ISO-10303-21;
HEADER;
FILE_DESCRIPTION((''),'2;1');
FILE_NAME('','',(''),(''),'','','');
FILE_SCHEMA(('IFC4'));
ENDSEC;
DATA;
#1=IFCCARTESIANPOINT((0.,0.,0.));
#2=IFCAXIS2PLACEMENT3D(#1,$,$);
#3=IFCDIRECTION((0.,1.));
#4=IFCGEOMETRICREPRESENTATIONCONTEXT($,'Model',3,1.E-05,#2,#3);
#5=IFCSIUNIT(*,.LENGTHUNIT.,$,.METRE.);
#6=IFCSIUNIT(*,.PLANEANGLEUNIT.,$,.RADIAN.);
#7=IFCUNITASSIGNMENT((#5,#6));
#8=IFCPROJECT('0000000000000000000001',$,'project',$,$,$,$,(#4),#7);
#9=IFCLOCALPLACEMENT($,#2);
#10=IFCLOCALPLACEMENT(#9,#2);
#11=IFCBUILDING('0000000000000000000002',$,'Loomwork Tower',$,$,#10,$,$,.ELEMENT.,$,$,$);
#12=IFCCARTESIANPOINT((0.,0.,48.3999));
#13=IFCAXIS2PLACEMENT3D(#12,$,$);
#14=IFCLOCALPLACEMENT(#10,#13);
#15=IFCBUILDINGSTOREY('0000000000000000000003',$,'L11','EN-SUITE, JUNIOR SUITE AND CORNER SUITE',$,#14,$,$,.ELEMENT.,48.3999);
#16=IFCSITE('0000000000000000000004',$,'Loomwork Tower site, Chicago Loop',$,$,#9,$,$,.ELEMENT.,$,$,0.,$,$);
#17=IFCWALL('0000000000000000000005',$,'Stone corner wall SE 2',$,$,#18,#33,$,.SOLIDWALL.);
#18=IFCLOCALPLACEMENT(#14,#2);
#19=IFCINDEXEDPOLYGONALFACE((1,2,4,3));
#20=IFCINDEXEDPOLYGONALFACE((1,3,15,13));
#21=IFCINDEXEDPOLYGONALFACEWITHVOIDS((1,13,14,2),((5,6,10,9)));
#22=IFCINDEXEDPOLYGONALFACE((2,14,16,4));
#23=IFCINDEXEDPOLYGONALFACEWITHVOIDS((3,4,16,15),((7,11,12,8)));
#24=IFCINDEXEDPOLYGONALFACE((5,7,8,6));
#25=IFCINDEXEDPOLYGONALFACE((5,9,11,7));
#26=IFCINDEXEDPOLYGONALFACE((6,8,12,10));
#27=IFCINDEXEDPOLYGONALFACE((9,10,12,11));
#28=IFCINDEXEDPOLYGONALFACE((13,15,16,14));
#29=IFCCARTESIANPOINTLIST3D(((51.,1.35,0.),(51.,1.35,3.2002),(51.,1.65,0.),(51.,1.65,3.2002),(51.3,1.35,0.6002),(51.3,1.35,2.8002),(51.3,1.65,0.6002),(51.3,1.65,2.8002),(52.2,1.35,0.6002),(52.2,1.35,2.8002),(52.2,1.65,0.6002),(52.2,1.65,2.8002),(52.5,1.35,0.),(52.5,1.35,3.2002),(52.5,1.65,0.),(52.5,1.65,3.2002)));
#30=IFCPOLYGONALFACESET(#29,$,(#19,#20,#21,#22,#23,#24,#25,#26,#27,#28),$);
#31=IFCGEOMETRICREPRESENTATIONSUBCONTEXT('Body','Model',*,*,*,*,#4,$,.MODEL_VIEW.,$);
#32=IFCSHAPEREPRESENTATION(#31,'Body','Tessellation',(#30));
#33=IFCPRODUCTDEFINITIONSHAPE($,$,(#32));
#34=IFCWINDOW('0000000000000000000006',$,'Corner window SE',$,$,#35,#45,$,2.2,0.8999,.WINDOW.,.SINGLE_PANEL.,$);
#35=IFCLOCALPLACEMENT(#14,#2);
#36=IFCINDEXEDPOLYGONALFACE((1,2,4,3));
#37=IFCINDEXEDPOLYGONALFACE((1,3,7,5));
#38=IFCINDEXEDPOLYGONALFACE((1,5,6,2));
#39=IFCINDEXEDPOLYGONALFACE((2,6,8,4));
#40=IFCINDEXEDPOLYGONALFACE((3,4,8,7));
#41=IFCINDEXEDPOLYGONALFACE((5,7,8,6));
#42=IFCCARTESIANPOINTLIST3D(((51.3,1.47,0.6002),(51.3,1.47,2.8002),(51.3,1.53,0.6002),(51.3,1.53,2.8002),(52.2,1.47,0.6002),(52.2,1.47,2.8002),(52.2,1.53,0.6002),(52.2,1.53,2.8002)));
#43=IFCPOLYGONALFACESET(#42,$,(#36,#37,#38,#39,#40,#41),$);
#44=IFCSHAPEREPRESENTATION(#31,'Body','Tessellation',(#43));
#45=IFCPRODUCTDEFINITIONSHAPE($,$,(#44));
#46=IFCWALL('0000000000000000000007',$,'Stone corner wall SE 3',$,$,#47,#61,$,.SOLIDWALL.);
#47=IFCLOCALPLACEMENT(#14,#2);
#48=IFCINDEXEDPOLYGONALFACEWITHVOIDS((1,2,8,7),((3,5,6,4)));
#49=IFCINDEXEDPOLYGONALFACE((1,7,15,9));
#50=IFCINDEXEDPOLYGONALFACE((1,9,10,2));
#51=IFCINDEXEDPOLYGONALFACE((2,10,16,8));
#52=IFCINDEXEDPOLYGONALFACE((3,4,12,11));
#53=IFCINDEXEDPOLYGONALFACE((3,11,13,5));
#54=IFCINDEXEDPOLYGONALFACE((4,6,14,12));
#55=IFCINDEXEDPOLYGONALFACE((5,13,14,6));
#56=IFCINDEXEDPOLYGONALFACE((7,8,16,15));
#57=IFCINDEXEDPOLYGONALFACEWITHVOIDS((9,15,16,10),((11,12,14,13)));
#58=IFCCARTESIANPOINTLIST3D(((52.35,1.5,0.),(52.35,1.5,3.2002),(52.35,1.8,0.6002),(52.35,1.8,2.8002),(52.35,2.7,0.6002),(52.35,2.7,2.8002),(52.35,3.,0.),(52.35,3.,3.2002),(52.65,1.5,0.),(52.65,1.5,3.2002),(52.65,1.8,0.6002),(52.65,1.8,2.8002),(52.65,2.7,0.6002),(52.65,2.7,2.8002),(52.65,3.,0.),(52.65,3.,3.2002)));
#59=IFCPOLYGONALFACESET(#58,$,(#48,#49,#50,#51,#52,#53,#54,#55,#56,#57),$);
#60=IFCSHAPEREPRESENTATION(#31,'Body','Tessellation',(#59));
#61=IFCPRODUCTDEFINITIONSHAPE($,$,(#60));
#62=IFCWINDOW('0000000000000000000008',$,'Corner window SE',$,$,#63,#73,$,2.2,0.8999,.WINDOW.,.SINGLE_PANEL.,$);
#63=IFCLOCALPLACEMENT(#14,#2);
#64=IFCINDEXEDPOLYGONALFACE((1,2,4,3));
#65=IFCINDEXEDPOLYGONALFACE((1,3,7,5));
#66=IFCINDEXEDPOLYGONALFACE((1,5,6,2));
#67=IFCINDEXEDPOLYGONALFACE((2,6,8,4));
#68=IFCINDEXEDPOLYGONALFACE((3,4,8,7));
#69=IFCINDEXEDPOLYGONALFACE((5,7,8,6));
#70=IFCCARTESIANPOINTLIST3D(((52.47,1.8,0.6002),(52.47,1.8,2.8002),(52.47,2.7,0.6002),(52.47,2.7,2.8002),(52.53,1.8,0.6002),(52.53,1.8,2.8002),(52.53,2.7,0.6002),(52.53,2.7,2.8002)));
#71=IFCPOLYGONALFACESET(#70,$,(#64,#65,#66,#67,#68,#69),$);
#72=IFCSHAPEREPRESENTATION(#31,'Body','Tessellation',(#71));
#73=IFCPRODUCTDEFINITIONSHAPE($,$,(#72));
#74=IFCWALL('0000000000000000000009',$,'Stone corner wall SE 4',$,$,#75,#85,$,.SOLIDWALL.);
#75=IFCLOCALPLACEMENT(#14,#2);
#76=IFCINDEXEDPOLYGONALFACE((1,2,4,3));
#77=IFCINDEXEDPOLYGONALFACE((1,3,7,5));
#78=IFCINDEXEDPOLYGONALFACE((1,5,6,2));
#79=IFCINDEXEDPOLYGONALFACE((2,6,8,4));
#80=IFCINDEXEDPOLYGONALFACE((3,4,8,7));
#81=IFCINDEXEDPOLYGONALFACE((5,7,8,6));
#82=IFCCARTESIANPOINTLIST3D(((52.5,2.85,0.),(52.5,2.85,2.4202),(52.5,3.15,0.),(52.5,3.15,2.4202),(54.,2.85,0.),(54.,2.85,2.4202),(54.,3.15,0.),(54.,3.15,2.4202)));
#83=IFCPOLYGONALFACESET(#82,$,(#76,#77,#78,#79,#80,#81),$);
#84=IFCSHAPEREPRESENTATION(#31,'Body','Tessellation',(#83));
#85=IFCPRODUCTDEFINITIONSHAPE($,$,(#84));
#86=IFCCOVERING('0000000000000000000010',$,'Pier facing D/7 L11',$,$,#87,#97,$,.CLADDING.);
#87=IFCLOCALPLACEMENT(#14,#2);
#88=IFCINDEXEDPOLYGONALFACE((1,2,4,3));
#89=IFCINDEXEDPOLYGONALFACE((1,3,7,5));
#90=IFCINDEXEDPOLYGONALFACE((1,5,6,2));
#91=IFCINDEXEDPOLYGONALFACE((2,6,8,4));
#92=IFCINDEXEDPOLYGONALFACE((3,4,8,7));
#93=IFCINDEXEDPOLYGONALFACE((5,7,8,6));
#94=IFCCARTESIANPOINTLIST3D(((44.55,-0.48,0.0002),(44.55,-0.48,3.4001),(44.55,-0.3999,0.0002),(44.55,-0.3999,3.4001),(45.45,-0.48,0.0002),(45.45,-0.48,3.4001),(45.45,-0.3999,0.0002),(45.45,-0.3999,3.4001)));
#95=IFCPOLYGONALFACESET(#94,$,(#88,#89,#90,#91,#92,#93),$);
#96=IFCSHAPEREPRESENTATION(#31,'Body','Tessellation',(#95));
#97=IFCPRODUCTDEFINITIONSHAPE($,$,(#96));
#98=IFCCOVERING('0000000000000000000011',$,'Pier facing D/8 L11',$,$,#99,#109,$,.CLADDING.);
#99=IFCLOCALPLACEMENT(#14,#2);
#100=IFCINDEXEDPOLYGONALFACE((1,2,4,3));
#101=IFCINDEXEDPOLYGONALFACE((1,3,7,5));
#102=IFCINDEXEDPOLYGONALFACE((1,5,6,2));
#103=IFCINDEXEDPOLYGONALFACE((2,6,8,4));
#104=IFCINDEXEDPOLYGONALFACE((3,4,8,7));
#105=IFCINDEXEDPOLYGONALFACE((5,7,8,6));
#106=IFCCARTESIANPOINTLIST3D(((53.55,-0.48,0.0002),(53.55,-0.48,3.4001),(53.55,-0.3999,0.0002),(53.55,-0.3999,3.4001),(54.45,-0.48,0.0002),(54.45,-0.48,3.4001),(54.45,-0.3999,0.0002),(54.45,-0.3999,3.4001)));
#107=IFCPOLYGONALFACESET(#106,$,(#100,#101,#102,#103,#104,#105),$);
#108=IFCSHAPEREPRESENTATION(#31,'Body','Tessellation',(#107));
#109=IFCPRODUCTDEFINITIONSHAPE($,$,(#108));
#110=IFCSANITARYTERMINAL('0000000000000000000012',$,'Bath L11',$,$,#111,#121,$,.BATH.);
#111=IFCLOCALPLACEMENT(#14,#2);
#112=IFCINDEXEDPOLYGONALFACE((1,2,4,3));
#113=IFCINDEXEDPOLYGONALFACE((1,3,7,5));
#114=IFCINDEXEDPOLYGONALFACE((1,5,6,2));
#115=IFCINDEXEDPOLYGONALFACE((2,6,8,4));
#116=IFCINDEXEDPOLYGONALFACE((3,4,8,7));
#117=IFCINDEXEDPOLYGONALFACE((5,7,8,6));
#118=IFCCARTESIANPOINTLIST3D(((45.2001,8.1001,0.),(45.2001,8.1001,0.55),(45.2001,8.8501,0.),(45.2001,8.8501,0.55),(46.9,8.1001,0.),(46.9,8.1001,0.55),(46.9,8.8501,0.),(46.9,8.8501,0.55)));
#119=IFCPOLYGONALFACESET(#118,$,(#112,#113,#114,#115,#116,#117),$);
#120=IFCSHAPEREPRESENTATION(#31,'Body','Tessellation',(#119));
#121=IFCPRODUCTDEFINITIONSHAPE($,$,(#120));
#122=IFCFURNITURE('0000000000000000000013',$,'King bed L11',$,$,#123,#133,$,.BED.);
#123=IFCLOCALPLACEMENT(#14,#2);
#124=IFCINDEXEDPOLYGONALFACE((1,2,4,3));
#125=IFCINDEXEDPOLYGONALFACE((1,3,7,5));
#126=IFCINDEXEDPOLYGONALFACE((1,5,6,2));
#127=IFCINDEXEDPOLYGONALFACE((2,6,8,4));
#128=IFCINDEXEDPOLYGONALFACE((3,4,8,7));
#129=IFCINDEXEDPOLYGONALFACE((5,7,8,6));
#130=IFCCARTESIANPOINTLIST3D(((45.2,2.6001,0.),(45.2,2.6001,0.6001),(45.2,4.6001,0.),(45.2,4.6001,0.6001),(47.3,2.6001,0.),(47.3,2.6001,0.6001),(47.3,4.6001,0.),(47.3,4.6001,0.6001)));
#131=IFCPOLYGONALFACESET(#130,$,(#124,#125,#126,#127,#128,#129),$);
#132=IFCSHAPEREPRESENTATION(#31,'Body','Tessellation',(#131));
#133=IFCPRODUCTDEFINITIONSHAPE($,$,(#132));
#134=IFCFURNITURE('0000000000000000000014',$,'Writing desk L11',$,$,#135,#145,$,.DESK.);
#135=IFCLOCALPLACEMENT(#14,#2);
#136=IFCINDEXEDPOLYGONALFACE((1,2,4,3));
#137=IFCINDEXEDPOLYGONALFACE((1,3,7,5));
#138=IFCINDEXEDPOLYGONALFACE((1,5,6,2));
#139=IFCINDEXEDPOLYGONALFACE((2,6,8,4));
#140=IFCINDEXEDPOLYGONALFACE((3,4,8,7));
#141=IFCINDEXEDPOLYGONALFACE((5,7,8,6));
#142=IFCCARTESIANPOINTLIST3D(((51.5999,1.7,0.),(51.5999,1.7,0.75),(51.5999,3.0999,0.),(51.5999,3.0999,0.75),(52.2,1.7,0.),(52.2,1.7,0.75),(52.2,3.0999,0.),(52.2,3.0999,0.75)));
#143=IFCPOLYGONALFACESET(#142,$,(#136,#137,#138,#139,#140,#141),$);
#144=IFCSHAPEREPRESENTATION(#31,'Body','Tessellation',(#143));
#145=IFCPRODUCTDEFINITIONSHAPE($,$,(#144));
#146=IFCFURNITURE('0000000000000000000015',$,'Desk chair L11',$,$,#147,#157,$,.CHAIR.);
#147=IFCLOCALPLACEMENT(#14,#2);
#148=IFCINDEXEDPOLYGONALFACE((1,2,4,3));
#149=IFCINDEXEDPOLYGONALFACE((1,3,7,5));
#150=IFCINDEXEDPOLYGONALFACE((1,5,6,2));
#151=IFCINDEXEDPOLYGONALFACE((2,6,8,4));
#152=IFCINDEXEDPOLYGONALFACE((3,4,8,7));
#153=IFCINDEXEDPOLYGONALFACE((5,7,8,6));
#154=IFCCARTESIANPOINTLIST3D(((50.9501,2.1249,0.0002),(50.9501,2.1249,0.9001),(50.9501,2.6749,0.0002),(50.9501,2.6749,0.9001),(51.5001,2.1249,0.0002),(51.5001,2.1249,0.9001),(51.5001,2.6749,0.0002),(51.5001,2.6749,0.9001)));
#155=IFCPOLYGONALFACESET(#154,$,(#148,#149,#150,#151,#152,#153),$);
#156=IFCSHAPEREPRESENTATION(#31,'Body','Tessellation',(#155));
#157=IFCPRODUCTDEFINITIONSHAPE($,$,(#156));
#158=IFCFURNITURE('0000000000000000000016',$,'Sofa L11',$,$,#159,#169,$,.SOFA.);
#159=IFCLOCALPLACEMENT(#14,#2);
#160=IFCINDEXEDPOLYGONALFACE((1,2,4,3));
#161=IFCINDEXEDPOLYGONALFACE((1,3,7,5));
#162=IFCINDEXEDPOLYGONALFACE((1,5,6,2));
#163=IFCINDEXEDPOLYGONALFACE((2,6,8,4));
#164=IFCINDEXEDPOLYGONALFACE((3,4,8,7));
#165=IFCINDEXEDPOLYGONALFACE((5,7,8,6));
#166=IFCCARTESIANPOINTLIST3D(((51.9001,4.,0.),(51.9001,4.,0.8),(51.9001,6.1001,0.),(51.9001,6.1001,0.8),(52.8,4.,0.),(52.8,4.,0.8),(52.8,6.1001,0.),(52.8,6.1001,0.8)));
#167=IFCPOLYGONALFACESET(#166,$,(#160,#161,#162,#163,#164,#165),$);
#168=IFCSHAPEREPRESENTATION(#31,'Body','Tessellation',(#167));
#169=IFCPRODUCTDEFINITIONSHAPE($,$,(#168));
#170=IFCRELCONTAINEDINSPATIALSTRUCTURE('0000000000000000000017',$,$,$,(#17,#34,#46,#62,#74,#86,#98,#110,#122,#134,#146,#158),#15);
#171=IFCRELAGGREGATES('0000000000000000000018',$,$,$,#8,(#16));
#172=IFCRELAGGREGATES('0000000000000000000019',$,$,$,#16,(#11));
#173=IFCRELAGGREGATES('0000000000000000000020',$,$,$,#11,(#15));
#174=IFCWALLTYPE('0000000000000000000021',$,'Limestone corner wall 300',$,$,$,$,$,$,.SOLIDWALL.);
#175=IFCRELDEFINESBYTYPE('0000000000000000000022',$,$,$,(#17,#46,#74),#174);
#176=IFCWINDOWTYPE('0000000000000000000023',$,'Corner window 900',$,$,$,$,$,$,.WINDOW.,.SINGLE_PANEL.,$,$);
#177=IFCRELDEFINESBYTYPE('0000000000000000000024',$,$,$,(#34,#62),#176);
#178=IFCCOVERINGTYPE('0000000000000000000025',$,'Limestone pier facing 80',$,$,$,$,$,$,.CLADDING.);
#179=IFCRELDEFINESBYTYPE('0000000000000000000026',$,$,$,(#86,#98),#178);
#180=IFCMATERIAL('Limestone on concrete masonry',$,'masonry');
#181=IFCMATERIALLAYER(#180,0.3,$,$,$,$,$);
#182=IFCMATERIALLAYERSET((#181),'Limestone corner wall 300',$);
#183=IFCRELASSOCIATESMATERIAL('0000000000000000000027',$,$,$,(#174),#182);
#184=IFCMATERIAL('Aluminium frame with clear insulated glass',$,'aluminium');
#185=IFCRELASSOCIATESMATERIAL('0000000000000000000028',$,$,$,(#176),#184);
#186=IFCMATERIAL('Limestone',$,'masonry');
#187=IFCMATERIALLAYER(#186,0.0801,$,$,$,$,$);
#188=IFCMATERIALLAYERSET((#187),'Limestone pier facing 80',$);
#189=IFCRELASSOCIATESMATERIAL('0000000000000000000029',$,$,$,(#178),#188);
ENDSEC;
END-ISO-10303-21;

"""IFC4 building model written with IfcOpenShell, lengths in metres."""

from ifc_helpers import new_model, si_unit, direction, frame, frame_2d, origin, origin_2d, place, context, subcontext, project, spatial, rectangle, extrude, material, layer, layer_set, type_object, element, fill, save


model = new_model("IFC4")

# Units and contexts
model_context = context("Model", 3, precision=1e-05, world=origin(), true_north=direction((0.0, 1.0)))
body_context = subcontext(model_context, "Body", "Model", "MODEL_VIEW")
ifc_project = project(units=[si_unit("LENGTHUNIT", "METRE"), si_unit("PLANEANGLEUNIT", "RADIAN")], contexts=[model_context])

# Site, building, storey
site_placement = place(None, origin())
site = spatial("IfcSite", under=ifc_project, at=site_placement, Name="Loomwork Tower site, Chicago Loop", CompositionType="ELEMENT", RefElevation=0.0)
building_placement = place(site_placement, origin())
building = spatial("IfcBuilding", under=site, at=building_placement, Name="Loomwork Tower", CompositionType="ELEMENT")
storey_placement = place(building_placement, frame((0.0, 0.0, 48.3999)))
storey = spatial("IfcBuildingStorey", under=building, at=storey_placement, Name="L11", Description="EN-SUITE, JUNIOR SUITE AND CORNER SUITE", CompositionType="ELEMENT", Elevation=48.3999)

# Shared definitions
ifc_material_1 = material(Name="Limestone on concrete masonry", Category="masonry")
ifc_layer_1 = layer(ifc_material_1, 0.3)
ifc_layer_set_1 = layer_set([ifc_layer_1], Name="Limestone corner wall 300")
wall_type_1 = type_object("IfcWallType", Name="Limestone corner wall 300", PredefinedType="SOLIDWALL", material=ifc_layer_set_1)

# Walls, openings, windows
wall_1_placement = place(storey_placement, frame((51.0, 1.5, 0.0), z_axis=(0.0, 0.0, 1.0), x_axis=(1.0, 0.0, 0.0)))
wall_1 = element("IfcWall", 1, at=wall_1_placement, inside=storey, type_object=wall_type_1, Name="Stone corner wall SE 2", PredefinedType="SOLIDWALL", context=body_context, shape_type="SweptSolid", body=[
    extrude(rectangle(XDim=1.5, YDim=0.3, at=frame_2d((0.75, 0.0))), origin(), (0.0, 0.0, 1.0), 3.2002),
])
opening_1_placement = place(wall_1_placement, frame((0.3, 0.0, 0.6001)))
opening_1 = element("IfcOpeningElement", 2, at=opening_1_placement, cuts=wall_1, PredefinedType="OPENING", context=body_context, shape_type="SweptSolid", body=[
    extrude(rectangle(XDim=0.8999, YDim=2.2, at=frame_2d((0.45, 1.1001))), frame((0.0, 0.1599, 0.0), z_axis=(0.0, -1.0, 0.0), x_axis=(1.0, 0.0, 0.0)), (0.0, 0.0, 1.0), 0.3201),
])
ifc_material_2 = material(Name="Aluminium frame with clear insulated glass", Category="aluminium")
window_type_1 = type_object("IfcWindowType", Name="Corner window 900", PartitioningType="SINGLE_PANEL", PredefinedType="WINDOW", material=ifc_material_2)
window_1_placement = place(opening_1_placement, origin())
window_1 = element("IfcWindow", 3, at=window_1_placement, inside=storey, type_object=window_type_1, Name="Corner window SE", OverallHeight=2.2, OverallWidth=0.8999, PartitioningType="SINGLE_PANEL", PredefinedType="WINDOW", context=body_context, shape_type="SweptSolid", body=[
    extrude(rectangle(XDim=0.8999, YDim=2.2, at=frame_2d((0.45, 1.1001))), frame((0.0, 0.03, 0.0), z_axis=(0.0, -1.0, 0.0), x_axis=(1.0, 0.0, 0.0)), (0.0, 0.0, 1.0), 0.0601),
])
fill(opening_1, window_1)
wall_2_placement = place(storey_placement, frame((52.5, 1.5, 0.0), z_axis=(0.0, 0.0, 1.0), x_axis=(0.0, 1.0, 0.0)))
wall_2 = element("IfcWall", 4, at=wall_2_placement, inside=storey, type_object=wall_type_1, Name="Stone corner wall SE 3", PredefinedType="SOLIDWALL", context=body_context, shape_type="SweptSolid", body=[
    extrude(rectangle(XDim=1.5, YDim=0.3, at=frame_2d((0.75, 0.0))), origin(), (0.0, 0.0, 1.0), 3.2002),
])
opening_2_placement = place(wall_2_placement, frame((0.3, 0.0, 0.6001)))
opening_2 = element("IfcOpeningElement", 5, at=opening_2_placement, cuts=wall_2, PredefinedType="OPENING", context=body_context, shape_type="SweptSolid", body=[
    extrude(rectangle(XDim=0.8999, YDim=2.2, at=frame_2d((0.45, 1.1001))), frame((0.0, 0.1599, 0.0), z_axis=(0.0, -1.0, 0.0), x_axis=(1.0, 0.0, 0.0)), (0.0, 0.0, 1.0), 0.3201),
])
window_2_placement = place(opening_2_placement, origin())
window_2 = element("IfcWindow", 6, at=window_2_placement, inside=storey, type_object=window_type_1, Name="Corner window SE", OverallHeight=2.2, OverallWidth=0.8999, PartitioningType="SINGLE_PANEL", PredefinedType="WINDOW", context=body_context, shape_type="SweptSolid", body=[
    extrude(rectangle(XDim=0.8999, YDim=2.2, at=frame_2d((0.45, 1.1001))), frame((0.0, 0.03, 0.0), z_axis=(0.0, -1.0, 0.0), x_axis=(1.0, 0.0, 0.0)), (0.0, 0.0, 1.0), 0.0601),
])
fill(opening_2, window_2)

# Wall
wall_3_placement = place(storey_placement, frame((52.5, 3.0, 0.0), z_axis=(0.0, 0.0, 1.0), x_axis=(1.0, 0.0, 0.0)))
element("IfcWall", 7, at=wall_3_placement, inside=storey, type_object=wall_type_1, Name="Stone corner wall SE 4", PredefinedType="SOLIDWALL", context=body_context, shape_type="SweptSolid", body=[
    extrude(rectangle(XDim=1.5, YDim=0.3, at=frame_2d((0.75, 0.0))), origin(), (0.0, 0.0, 1.0), 2.4202),
])

# Coverings
ifc_material_3 = material(Name="Limestone", Category="masonry")
ifc_layer_2 = layer(ifc_material_3, 0.0801)
ifc_layer_set_2 = layer_set([ifc_layer_2], Name="Limestone pier facing 80")
covering_type = type_object("IfcCoveringType", Name="Limestone pier facing 80", PredefinedType="CLADDING", material=ifc_layer_set_2)
for number, where, z_axis, x_axis, name in (
    (8, (45.0, -0.4399, 0.0002), (0.0, 0.0, 1.0), (1.0, 0.0, 0.0), "Pier facing D/7 L11"),
    (9, (54.0, -0.4399, 0.0002), (0.0, 0.0, 1.0), (1.0, 0.0, 0.0), "Pier facing D/8 L11"),
):
    element("IfcCovering", number, at=place(storey_placement, frame(where, z_axis=z_axis, x_axis=x_axis)), inside=storey, type_object=covering_type, Name=name, PredefinedType="CLADDING", context=body_context, shape_type="SweptSolid", body=[
        extrude(rectangle(XDim=0.8999, YDim=0.0801, at=origin_2d()), origin(), (0.0, 0.0, 1.0), 3.3999),
    ])

# Sanitary terminal
sanitary_terminal_placement = place(storey_placement, frame((46.05, 8.4751, 0.0), z_axis=(0.0, 0.0, 1.0), x_axis=(1.0, 0.0, 0.0)))
element("IfcSanitaryTerminal", 10, at=sanitary_terminal_placement, inside=storey, Name="Bath L11", PredefinedType="BATH", context=body_context, shape_type="SweptSolid", body=[
    extrude(rectangle(XDim=1.7, YDim=0.75, at=origin_2d()), origin(), (0.0, 0.0, 1.0), 0.55),
])

# Furniture
furniture_1_placement = place(storey_placement, frame((46.25, 3.6001, 0.0), z_axis=(0.0, 0.0, 1.0), x_axis=(1.0, 0.0, 0.0)))
element("IfcFurniture", 11, at=furniture_1_placement, inside=storey, Name="King bed L11", PredefinedType="BED", context=body_context, shape_type="SweptSolid", body=[
    extrude(rectangle(XDim=2.1001, YDim=2.0, at=origin_2d()), origin(), (0.0, 0.0, 1.0), 0.6001),
])
furniture_2_placement = place(storey_placement, frame((51.8999, 2.3999, 0.0), z_axis=(0.0, 0.0, 1.0), x_axis=(1.0, 0.0, 0.0)))
element("IfcFurniture", 12, at=furniture_2_placement, inside=storey, Name="Writing desk L11", PredefinedType="DESK", context=body_context, shape_type="SweptSolid", body=[
    extrude(rectangle(XDim=0.6001, YDim=1.3999, at=origin_2d()), origin(), (0.0, 0.0, 1.0), 0.75),
])
furniture_3_placement = place(storey_placement, frame((51.2251, 2.3999, 0.0002), z_axis=(0.0, 0.0, 1.0), x_axis=(1.0, 0.0, 0.0)))
element("IfcFurniture", 13, at=furniture_3_placement, inside=storey, Name="Desk chair L11", PredefinedType="CHAIR", context=body_context, shape_type="SweptSolid", body=[
    extrude(rectangle(XDim=0.55, YDim=0.55, at=origin_2d()), origin(), (0.0, 0.0, 1.0), 0.8999),
])
furniture_4_placement = place(storey_placement, frame((52.3501, 5.05, 0.0), z_axis=(0.0, 0.0, 1.0), x_axis=(1.0, 0.0, 0.0)))
element("IfcFurniture", 14, at=furniture_4_placement, inside=storey, Name="Sofa L11", PredefinedType="SOFA", context=body_context, shape_type="SweptSolid", body=[
    extrude(rectangle(XDim=0.8999, YDim=2.1001, at=origin_2d()), origin(), (0.0, 0.0, 1.0), 0.8),
])

save(model, "model.ifc")
